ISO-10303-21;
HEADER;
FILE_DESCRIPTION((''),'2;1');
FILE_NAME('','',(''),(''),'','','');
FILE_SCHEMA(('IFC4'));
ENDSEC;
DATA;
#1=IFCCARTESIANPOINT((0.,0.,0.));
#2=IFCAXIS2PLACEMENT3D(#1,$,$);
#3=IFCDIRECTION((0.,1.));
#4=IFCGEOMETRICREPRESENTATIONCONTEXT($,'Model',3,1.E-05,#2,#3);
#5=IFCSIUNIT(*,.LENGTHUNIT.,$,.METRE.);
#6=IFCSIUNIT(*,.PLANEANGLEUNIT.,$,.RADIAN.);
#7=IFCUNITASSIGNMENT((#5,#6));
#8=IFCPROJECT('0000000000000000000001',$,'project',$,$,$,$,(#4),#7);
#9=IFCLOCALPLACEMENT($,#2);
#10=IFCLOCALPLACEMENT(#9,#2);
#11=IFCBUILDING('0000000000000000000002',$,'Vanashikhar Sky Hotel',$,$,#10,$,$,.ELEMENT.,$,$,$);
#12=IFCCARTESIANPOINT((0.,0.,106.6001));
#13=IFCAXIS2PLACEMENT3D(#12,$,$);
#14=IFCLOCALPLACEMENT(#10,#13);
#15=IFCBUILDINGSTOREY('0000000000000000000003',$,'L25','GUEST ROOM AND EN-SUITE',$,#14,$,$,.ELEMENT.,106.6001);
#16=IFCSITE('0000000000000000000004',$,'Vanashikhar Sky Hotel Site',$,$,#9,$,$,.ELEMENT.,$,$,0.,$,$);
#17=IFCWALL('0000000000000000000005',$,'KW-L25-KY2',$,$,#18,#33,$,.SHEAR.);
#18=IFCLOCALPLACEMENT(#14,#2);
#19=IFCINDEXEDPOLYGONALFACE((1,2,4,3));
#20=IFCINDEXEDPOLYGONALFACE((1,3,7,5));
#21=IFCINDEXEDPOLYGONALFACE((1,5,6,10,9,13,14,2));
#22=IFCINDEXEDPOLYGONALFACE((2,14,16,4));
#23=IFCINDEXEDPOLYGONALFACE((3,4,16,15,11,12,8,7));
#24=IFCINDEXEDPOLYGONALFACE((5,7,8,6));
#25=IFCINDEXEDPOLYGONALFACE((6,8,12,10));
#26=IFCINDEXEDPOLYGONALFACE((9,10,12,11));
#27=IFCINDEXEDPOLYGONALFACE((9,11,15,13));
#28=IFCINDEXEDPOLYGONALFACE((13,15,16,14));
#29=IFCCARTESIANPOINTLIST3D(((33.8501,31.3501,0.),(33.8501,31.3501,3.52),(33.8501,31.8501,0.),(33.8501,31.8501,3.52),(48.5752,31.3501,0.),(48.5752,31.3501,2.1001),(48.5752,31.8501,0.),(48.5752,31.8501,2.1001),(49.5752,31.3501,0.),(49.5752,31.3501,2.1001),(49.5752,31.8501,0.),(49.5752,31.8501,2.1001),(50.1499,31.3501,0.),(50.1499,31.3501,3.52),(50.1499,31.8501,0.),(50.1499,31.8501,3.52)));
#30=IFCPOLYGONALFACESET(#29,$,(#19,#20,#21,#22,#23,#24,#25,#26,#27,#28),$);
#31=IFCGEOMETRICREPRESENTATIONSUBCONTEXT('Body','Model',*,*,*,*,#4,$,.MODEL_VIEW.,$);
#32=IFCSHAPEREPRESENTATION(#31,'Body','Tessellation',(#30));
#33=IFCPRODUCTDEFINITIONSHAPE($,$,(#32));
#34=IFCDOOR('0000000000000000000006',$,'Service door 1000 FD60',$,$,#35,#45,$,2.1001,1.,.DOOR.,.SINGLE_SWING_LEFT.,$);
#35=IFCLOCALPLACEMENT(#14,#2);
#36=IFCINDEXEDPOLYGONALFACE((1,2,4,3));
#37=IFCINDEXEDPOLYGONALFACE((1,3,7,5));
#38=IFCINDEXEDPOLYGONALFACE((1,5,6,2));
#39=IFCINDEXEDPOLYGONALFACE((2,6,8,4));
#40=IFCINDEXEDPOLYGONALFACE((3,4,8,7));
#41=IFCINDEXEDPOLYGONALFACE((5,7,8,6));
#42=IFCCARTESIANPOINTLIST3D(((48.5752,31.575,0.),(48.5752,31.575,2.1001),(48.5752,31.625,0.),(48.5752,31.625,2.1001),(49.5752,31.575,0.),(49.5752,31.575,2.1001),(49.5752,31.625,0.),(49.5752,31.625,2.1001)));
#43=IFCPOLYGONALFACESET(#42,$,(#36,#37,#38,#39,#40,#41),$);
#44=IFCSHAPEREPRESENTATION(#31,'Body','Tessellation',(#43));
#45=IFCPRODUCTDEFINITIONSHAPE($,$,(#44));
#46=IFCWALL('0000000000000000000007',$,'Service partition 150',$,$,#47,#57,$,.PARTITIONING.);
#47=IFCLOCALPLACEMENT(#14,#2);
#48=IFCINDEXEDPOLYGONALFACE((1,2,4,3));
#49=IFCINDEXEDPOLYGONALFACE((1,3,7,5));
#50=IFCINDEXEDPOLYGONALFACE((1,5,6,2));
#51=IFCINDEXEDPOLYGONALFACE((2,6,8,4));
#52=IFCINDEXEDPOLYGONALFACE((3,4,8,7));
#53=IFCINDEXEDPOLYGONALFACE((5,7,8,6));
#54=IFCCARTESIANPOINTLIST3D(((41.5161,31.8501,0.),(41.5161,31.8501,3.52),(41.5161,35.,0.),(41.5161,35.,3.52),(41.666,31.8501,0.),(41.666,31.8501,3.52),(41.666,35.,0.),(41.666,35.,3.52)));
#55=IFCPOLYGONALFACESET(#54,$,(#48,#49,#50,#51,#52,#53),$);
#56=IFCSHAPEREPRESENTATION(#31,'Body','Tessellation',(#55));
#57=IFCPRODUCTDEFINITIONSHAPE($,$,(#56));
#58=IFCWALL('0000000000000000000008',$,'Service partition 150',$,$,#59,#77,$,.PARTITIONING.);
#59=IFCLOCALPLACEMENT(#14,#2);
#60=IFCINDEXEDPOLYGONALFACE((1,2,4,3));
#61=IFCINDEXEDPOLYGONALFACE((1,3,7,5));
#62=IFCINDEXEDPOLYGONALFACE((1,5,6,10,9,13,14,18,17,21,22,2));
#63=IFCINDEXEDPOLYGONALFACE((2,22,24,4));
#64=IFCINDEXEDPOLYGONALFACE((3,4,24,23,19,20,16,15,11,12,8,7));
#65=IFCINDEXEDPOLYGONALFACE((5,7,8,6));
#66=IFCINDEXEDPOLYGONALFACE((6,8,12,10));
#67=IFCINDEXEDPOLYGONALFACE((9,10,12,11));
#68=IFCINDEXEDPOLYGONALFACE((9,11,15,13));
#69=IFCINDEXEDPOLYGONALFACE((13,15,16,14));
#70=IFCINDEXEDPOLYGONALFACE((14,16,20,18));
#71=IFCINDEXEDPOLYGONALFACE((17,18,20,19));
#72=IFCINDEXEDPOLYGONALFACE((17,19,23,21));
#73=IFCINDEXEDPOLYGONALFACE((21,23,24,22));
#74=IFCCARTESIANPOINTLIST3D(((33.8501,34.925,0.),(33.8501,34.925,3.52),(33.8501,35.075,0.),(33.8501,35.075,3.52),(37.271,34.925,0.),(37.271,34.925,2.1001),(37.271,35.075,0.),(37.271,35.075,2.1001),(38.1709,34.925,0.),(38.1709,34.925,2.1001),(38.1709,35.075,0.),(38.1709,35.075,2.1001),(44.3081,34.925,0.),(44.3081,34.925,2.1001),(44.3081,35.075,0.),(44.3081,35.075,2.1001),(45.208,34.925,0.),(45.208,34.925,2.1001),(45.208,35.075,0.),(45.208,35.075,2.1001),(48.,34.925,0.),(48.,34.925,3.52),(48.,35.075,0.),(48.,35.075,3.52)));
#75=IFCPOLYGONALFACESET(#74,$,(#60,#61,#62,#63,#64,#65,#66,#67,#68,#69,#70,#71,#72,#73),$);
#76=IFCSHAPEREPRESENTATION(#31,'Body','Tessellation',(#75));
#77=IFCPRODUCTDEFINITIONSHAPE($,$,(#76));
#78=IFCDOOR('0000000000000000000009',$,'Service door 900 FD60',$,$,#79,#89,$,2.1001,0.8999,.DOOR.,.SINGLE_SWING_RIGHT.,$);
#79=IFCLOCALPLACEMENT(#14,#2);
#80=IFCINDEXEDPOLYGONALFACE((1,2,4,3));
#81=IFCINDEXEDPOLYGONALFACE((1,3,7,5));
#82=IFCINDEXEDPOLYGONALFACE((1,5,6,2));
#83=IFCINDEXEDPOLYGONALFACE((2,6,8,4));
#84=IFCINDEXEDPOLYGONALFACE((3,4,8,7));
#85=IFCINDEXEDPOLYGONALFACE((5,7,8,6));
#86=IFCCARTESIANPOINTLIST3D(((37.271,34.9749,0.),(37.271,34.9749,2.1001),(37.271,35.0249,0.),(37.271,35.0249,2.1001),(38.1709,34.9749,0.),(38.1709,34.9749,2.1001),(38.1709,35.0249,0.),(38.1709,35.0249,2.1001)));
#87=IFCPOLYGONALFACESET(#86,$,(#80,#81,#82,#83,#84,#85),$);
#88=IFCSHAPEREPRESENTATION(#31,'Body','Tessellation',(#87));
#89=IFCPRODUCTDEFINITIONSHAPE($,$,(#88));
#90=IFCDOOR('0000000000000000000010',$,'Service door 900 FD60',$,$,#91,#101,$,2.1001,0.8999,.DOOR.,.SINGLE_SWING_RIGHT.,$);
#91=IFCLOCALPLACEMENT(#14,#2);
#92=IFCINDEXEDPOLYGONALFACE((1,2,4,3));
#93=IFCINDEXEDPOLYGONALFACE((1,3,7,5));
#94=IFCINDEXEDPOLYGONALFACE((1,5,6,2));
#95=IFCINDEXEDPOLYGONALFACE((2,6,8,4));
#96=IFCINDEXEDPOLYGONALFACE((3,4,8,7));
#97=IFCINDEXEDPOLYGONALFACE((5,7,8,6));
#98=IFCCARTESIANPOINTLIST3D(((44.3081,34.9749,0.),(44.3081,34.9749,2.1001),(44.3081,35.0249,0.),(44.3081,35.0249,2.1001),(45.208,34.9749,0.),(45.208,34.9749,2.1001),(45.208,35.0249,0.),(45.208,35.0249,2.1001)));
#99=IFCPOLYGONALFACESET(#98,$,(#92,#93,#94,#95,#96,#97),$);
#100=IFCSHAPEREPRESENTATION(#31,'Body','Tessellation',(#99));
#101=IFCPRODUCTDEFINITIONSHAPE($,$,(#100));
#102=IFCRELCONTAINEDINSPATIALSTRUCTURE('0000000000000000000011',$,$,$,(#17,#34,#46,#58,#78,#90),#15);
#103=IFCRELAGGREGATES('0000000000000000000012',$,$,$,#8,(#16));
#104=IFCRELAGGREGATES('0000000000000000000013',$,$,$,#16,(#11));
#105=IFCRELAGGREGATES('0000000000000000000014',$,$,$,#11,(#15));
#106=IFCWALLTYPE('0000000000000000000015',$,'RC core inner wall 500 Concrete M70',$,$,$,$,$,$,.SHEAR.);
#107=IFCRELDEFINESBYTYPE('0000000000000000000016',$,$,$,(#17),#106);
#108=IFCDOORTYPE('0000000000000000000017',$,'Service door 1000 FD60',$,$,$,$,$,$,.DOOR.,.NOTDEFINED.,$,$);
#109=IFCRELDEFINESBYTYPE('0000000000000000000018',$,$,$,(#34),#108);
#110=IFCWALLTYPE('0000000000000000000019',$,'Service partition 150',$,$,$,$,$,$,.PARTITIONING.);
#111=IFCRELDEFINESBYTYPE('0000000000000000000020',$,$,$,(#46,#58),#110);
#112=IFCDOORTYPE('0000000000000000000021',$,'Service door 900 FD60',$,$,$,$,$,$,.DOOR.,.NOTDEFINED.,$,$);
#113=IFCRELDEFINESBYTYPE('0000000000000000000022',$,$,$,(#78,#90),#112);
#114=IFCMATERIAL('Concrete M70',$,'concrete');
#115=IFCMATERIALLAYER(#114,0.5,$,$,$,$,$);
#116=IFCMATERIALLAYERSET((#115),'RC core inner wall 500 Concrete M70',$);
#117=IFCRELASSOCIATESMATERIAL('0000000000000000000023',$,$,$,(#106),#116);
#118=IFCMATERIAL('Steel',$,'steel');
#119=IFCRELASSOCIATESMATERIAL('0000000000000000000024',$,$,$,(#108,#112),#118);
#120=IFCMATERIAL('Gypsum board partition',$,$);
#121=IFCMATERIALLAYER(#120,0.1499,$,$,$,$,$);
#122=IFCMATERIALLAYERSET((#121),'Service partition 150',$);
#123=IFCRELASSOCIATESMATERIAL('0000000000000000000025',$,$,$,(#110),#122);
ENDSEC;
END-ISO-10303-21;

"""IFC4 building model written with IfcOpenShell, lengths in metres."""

from ifc_helpers import new_model, si_unit, direction, frame, frame_2d, origin, place, context, subcontext, project, spatial, rectangle, extrude, source, transform, mapped, material, layer, layer_set, type_object, element, fill, save


model = new_model("IFC4")

# Units and contexts
model_context = context("Model", 3, precision=1e-05, world=origin(), true_north=direction((0.0, 1.0)))
body_context = subcontext(model_context, "Body", "Model", "MODEL_VIEW")
ifc_project = project(units=[si_unit("LENGTHUNIT", "METRE"), si_unit("PLANEANGLEUNIT", "RADIAN")], contexts=[model_context])

# Site, building, storey
site_placement = place(None, origin())
site = spatial("IfcSite", under=ifc_project, at=site_placement, Name="Vanashikhar Sky Hotel Site", CompositionType="ELEMENT", RefElevation=0.0)
building_placement = place(site_placement, origin())
building = spatial("IfcBuilding", under=site, at=building_placement, Name="Vanashikhar Sky Hotel", CompositionType="ELEMENT")
storey_placement = place(building_placement, frame((0.0, 0.0, 106.6001)))
storey = spatial("IfcBuildingStorey", under=building, at=storey_placement, Name="L25", Description="GUEST ROOM AND EN-SUITE", CompositionType="ELEMENT", Elevation=106.6001)

# Wall, opening, door
ifc_material_1 = material(Name="Concrete M70", Category="concrete")
ifc_layer_1 = layer(ifc_material_1, 0.5)
ifc_layer_set_1 = layer_set([ifc_layer_1], Name="RC core inner wall 500 Concrete M70")
wall_type_1 = type_object("IfcWallType", Name="RC core inner wall 500 Concrete M70", PredefinedType="SHEAR", material=ifc_layer_set_1)
shared_shape_1 = source(origin(), body_context, "Body", "SweptSolid", [
    extrude(rectangle(XDim=16.2998, YDim=0.5, at=frame_2d((8.1499, 0.0))), origin(), (0.0, 0.0, 1.0), 3.52),
])
wall_1_placement = place(storey_placement, frame((33.8501, 31.6001, 0.0), z_axis=(0.0, 0.0, 1.0), x_axis=(1.0, 0.0, 0.0)))
wall_1 = element("IfcWall", 1, at=wall_1_placement, inside=storey, type_object=wall_type_1, Name="KW-L25-KY2", PredefinedType="SHEAR", context=body_context, shape_type="MappedRepresentation", body=[
    mapped(shared_shape_1, transform((0.0, 0.0, 0.0), scale=1.0)),
])
shared_shape_2 = source(origin(), body_context, "Body", "SweptSolid", [
    extrude(rectangle(XDim=1.0, YDim=2.1001, at=frame_2d((0.5, 1.05))), frame((0.0, 0.26, 0.0), z_axis=(0.0, -1.0, 0.0), x_axis=(1.0, 0.0, 0.0)), (0.0, 0.0, 1.0), 0.52),
])
opening_1_placement = place(wall_1_placement, frame((14.7251, 0.0, 0.0)))
opening_1 = element("IfcOpeningElement", 2, at=opening_1_placement, cuts=wall_1, PredefinedType="OPENING", context=body_context, shape_type="MappedRepresentation", body=[
    mapped(shared_shape_2, transform((0.0, 0.0, 0.0), scale=1.0)),
])
ifc_material_2 = material(Name="Steel", Category="steel")
door_type_1 = type_object("IfcDoorType", Name="Service door 1000 FD60", OperationType="NOTDEFINED", PredefinedType="DOOR", material=ifc_material_2)
shared_shape_3 = source(origin(), body_context, "Body", "SweptSolid", [
    extrude(rectangle(XDim=1.0, YDim=2.1001, at=frame_2d((0.5, 1.05))), frame((0.0, 0.0249, 0.0), z_axis=(0.0, -1.0, 0.0), x_axis=(1.0, 0.0, 0.0)), (0.0, 0.0, 1.0), 0.05),
])
door_1_placement = place(opening_1_placement, origin())
door_1 = element("IfcDoor", 3, at=door_1_placement, inside=storey, type_object=door_type_1, Name="Service door 1000 FD60", OperationType="SINGLE_SWING_LEFT", OverallHeight=2.1001, OverallWidth=1.0, PredefinedType="DOOR", context=body_context, shape_type="MappedRepresentation", body=[
    mapped(shared_shape_3, transform((0.0, 0.0, 0.0), scale=1.0)),
])
fill(opening_1, door_1)

# Wall
ifc_material_3 = material(Name="Gypsum board partition")
ifc_layer_2 = layer(ifc_material_3, 0.1499)
ifc_layer_set_2 = layer_set([ifc_layer_2], Name="Service partition 150")
wall_type_2 = type_object("IfcWallType", Name="Service partition 150", PredefinedType="PARTITIONING", material=ifc_layer_set_2)
shared_shape_4 = source(origin(), body_context, "Body", "SweptSolid", [
    extrude(rectangle(XDim=3.1499, YDim=0.1499, at=frame_2d((1.575, 0.0))), origin(), (0.0, 0.0, 1.0), 3.52),
])
wall_2_placement = place(storey_placement, frame((41.5911, 31.8501, 0.0), z_axis=(0.0, 0.0, 1.0), x_axis=(0.0, 1.0, 0.0)))
element("IfcWall", 4, at=wall_2_placement, inside=storey, type_object=wall_type_2, Name="Service partition 150", PredefinedType="PARTITIONING", context=body_context, shape_type="MappedRepresentation", body=[
    mapped(shared_shape_4, transform((0.0, 0.0, 0.0), scale=1.0)),
])

# Wall, openings, doors
shared_shape_5 = source(origin(), body_context, "Body", "SweptSolid", [
    extrude(rectangle(XDim=14.1499, YDim=0.1499, at=frame_2d((7.075, 0.0))), origin(), (0.0, 0.0, 1.0), 3.52),
])
wall_3_placement = place(storey_placement, frame((33.8501, 35.0, 0.0), z_axis=(0.0, 0.0, 1.0), x_axis=(1.0, 0.0, 0.0)))
wall_3 = element("IfcWall", 5, at=wall_3_placement, inside=storey, type_object=wall_type_2, Name="Service partition 150", PredefinedType="PARTITIONING", context=body_context, shape_type="MappedRepresentation", body=[
    mapped(shared_shape_5, transform((0.0, 0.0, 0.0), scale=1.0)),
])
shared_shape_6 = source(origin(), body_context, "Body", "SweptSolid", [
    extrude(rectangle(XDim=0.8999, YDim=2.1001, at=frame_2d((0.45, 1.05))), frame((0.0, 0.085, 0.0), z_axis=(0.0, -1.0, 0.0), x_axis=(1.0, 0.0, 0.0)), (0.0, 0.0, 1.0), 0.1699),
])
opening_2_placement = place(wall_3_placement, frame((3.4209, 0.0, 0.0)))
opening_2 = element("IfcOpeningElement", 6, at=opening_2_placement, cuts=wall_3, PredefinedType="OPENING", context=body_context, shape_type="MappedRepresentation", body=[
    mapped(shared_shape_6, transform((0.0, 0.0, 0.0), scale=1.0)),
])
opening_3_placement = place(wall_3_placement, frame((10.458, 0.0, 0.0)))
opening_3 = element("IfcOpeningElement", 7, at=opening_3_placement, cuts=wall_3, PredefinedType="OPENING", context=body_context, shape_type="MappedRepresentation", body=[
    mapped(shared_shape_6, transform((0.0, 0.0, 0.0), scale=1.0)),
])
door_type_2 = type_object("IfcDoorType", Name="Service door 900 FD60", OperationType="NOTDEFINED", PredefinedType="DOOR", material=ifc_material_2)
shared_shape_7 = source(origin(), body_context, "Body", "SweptSolid", [
    extrude(rectangle(XDim=0.8999, YDim=2.1001, at=frame_2d((0.45, 1.05))), frame((0.0, 0.0249, 0.0), z_axis=(0.0, -1.0, 0.0), x_axis=(1.0, 0.0, 0.0)), (0.0, 0.0, 1.0), 0.05),
])
door_2_placement = place(opening_2_placement, origin())
door_2 = element("IfcDoor", 8, at=door_2_placement, inside=storey, type_object=door_type_2, Name="Service door 900 FD60", OperationType="SINGLE_SWING_RIGHT", OverallHeight=2.1001, OverallWidth=0.8999, PredefinedType="DOOR", context=body_context, shape_type="MappedRepresentation", body=[
    mapped(shared_shape_7, transform((0.0, 0.0, 0.0), scale=1.0)),
])
fill(opening_2, door_2)
door_3_placement = place(opening_3_placement, origin())
door_3 = element("IfcDoor", 9, at=door_3_placement, inside=storey, type_object=door_type_2, Name="Service door 900 FD60", OperationType="SINGLE_SWING_RIGHT", OverallHeight=2.1001, OverallWidth=0.8999, PredefinedType="DOOR", context=body_context, shape_type="MappedRepresentation", body=[
    mapped(shared_shape_7, transform((0.0, 0.0, 0.0), scale=1.0)),
])
fill(opening_3, door_3)

save(model, "model.ifc")
